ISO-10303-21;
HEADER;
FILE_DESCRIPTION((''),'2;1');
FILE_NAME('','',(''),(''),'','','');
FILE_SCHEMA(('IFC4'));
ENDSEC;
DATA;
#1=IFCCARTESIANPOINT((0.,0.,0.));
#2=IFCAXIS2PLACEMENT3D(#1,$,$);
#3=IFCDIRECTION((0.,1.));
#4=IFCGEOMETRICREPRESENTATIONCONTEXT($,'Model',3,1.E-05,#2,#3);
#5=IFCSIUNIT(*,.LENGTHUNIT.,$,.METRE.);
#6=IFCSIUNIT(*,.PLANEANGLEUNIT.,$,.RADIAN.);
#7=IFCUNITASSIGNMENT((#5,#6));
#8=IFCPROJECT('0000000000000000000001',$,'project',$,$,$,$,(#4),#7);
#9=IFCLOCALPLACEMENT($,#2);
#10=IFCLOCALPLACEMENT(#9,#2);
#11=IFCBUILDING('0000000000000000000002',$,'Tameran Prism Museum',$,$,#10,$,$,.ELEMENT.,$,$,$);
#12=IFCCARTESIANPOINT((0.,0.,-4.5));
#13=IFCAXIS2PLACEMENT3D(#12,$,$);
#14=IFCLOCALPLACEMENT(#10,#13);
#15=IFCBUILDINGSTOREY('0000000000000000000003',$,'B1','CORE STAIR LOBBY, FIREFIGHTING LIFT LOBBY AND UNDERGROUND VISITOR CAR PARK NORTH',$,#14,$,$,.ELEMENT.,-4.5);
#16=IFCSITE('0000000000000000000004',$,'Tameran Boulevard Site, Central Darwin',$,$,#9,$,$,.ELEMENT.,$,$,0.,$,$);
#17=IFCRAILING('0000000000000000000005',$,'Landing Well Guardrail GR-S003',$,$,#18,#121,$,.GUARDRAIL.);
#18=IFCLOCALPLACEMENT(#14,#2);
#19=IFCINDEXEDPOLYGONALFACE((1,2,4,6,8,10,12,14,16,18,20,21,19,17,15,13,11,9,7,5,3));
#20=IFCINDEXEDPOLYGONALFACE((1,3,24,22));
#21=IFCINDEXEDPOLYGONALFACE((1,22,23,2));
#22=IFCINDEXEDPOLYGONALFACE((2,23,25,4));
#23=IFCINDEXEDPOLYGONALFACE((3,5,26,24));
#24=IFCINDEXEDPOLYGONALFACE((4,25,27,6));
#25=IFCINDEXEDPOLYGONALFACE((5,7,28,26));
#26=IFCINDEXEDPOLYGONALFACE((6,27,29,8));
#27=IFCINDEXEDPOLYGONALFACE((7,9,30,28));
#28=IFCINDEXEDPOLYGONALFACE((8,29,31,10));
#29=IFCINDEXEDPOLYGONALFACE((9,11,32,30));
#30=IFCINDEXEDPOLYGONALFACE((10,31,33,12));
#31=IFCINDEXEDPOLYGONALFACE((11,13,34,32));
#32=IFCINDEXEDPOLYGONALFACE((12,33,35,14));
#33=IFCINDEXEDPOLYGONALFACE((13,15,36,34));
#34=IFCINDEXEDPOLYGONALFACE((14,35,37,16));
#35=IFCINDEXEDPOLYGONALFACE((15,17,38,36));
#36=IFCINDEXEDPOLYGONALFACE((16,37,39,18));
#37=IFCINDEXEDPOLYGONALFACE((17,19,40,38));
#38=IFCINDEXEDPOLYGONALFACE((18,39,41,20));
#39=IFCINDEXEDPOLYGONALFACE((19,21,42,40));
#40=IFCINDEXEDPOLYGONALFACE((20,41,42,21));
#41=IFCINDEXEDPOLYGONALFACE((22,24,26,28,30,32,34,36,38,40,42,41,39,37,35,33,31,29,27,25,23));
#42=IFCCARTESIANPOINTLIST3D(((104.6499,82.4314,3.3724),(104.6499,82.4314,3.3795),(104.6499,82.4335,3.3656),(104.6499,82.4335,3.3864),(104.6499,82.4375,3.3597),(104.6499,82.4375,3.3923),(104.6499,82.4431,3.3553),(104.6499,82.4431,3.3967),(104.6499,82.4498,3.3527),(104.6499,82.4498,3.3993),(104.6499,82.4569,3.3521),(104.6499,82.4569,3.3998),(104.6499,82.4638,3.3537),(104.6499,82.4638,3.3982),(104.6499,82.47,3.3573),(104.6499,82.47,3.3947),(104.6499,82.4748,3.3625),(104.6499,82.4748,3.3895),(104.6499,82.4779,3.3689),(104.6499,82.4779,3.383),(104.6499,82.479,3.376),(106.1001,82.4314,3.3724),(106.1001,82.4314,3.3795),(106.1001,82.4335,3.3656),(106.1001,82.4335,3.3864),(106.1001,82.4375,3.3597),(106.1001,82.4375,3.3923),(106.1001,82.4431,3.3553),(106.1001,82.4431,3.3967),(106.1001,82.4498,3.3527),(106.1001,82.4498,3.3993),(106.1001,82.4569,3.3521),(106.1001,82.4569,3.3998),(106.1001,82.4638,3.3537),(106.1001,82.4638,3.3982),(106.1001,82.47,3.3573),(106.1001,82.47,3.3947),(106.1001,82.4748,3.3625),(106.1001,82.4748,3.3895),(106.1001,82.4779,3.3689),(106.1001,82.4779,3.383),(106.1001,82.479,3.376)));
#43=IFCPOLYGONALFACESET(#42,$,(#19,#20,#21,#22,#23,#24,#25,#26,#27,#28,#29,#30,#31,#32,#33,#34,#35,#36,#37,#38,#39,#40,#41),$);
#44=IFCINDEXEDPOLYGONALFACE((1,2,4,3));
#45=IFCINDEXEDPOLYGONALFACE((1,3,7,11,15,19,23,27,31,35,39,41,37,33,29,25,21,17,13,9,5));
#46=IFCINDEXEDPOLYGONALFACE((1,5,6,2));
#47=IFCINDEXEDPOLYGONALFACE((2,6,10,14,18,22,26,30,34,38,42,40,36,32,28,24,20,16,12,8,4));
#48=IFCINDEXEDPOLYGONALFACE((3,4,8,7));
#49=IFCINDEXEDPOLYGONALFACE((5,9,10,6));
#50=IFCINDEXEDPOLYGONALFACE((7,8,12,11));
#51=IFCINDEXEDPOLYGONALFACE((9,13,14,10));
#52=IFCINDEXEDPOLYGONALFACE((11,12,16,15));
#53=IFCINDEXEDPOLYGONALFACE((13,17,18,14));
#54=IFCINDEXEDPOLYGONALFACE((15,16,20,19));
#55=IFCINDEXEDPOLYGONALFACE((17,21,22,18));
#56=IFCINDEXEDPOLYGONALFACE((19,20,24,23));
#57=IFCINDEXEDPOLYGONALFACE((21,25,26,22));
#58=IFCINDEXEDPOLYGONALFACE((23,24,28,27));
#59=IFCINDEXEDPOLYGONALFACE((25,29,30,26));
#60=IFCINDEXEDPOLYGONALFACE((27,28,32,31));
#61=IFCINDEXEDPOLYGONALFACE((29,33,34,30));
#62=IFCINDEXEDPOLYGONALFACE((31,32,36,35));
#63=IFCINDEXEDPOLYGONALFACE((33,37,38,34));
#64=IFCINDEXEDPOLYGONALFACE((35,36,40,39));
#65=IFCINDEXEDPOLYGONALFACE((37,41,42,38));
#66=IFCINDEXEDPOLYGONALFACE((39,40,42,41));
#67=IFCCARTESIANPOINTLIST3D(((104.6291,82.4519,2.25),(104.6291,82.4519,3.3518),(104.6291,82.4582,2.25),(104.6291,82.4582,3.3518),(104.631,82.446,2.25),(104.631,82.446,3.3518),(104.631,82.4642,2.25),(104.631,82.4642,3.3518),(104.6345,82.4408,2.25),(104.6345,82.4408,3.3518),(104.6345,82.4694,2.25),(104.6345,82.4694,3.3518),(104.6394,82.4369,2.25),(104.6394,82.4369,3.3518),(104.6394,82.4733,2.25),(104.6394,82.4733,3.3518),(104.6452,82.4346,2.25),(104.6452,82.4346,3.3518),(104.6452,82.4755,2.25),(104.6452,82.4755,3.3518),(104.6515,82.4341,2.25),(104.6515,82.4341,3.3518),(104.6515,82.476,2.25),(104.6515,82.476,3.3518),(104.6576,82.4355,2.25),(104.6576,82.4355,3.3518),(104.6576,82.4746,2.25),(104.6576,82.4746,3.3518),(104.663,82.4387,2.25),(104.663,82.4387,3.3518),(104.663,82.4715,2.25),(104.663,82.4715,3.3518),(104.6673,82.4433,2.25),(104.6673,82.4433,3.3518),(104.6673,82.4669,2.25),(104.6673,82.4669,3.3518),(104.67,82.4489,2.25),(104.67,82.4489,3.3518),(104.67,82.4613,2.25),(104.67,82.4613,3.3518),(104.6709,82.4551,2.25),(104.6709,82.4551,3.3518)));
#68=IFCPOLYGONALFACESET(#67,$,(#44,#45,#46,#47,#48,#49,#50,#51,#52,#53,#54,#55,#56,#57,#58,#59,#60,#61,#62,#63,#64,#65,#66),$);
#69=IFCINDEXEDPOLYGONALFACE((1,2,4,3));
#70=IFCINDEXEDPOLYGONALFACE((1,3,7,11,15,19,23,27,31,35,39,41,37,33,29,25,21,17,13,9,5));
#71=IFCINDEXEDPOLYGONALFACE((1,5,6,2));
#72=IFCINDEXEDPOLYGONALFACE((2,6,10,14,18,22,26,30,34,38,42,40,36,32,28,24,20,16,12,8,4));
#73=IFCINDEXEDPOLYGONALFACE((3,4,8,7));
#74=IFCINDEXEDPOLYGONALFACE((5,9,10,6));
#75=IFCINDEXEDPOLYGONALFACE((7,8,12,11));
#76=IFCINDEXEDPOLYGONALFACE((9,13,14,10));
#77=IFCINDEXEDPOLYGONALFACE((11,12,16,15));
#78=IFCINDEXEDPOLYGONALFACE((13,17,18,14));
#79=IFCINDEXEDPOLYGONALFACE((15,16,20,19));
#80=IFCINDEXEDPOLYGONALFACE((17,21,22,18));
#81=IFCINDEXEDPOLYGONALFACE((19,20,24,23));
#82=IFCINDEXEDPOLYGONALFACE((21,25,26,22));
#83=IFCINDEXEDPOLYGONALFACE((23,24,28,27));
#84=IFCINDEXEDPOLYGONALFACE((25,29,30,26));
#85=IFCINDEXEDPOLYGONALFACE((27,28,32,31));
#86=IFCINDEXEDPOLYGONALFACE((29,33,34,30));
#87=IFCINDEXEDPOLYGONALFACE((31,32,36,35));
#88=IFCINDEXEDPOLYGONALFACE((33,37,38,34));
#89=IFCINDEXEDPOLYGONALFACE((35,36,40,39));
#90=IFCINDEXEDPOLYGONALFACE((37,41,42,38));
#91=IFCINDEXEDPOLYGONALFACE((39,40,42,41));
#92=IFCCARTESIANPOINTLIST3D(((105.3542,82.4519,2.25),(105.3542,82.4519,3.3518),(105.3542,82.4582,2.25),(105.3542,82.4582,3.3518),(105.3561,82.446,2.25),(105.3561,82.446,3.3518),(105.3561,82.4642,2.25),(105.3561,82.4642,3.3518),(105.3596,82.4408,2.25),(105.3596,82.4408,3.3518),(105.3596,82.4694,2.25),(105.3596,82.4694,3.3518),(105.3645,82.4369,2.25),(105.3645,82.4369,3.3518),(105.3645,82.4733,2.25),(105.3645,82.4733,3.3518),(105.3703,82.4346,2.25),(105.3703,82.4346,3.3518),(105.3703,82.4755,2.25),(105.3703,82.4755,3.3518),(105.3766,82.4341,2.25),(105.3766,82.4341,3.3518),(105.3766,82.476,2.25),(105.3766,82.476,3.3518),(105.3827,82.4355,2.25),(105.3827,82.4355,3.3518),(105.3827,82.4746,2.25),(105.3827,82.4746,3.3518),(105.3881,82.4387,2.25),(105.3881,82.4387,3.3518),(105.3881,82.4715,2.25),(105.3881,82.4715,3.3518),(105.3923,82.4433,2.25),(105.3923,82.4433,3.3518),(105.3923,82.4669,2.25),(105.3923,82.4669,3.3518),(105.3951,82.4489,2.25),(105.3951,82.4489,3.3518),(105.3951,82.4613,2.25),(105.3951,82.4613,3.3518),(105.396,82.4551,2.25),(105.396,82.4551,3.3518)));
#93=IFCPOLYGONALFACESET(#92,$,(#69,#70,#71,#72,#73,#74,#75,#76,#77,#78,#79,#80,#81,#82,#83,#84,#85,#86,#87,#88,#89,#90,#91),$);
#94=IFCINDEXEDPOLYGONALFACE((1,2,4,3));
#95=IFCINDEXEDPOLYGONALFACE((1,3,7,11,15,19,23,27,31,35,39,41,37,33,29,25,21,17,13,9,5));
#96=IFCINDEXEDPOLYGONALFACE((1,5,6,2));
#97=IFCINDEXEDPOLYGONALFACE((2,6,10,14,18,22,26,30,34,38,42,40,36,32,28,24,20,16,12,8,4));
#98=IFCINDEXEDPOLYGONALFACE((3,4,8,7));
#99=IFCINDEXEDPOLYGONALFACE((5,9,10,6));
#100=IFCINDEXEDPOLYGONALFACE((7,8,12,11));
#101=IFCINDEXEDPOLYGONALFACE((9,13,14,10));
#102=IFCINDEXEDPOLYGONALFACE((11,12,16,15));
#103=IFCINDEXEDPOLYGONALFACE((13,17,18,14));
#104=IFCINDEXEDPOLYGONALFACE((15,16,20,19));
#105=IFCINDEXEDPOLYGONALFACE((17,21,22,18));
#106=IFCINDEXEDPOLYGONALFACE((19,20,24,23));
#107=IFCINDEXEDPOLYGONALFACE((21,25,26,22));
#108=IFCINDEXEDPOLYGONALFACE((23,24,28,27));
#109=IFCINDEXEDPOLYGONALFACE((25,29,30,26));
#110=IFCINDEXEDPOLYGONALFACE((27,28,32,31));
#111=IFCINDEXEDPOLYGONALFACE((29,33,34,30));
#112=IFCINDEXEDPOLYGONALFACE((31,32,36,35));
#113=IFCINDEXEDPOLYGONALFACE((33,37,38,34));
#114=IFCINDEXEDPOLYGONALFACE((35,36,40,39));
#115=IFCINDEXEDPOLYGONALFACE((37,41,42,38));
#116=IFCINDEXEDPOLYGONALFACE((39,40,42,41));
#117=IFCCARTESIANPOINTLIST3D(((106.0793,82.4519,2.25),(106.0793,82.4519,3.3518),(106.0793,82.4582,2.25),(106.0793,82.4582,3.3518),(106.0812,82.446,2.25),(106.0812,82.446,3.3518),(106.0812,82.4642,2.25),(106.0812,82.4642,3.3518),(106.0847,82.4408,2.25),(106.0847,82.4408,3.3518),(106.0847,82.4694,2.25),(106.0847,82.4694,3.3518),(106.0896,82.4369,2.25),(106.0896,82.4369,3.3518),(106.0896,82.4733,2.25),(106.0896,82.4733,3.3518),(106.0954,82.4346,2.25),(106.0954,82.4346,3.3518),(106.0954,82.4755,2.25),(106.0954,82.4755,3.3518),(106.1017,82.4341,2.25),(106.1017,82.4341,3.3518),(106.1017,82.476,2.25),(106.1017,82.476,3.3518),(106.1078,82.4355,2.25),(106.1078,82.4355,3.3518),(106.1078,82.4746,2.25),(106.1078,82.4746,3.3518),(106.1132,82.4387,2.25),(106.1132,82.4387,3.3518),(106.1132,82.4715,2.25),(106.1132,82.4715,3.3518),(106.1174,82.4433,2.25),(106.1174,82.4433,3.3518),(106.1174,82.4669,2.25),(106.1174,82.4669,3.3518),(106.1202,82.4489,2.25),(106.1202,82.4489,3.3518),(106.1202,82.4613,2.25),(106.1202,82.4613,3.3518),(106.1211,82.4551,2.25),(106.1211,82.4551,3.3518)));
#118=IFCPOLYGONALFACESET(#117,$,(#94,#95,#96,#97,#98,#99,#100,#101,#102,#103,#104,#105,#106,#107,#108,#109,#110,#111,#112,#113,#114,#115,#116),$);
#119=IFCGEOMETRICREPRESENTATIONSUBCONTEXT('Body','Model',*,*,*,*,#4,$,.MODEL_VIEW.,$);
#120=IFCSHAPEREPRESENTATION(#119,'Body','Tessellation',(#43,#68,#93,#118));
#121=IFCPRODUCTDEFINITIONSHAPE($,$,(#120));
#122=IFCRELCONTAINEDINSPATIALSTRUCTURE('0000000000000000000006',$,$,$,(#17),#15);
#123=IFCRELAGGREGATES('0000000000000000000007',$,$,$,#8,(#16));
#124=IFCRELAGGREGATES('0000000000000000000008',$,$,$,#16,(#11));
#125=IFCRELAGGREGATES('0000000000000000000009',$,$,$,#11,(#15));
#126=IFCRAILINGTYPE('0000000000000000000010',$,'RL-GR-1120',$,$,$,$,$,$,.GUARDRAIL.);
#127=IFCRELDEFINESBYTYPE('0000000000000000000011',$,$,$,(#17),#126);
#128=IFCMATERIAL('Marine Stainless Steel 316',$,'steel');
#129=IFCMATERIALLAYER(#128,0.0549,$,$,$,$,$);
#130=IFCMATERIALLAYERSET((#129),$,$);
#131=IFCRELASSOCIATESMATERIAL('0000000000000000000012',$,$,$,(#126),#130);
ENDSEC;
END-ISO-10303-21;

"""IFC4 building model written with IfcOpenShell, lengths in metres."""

from ifc_helpers import new_model, si_unit, direction, frame, origin, origin_2d, place, context, subcontext, project, spatial, circle, extrude, material, layer, layer_set, type_object, element, save


model = new_model("IFC4")

# Units and contexts
model_context = context("Model", 3, precision=1e-05, world=origin(), true_north=direction((0.0, 1.0)))
body_context = subcontext(model_context, "Body", "Model", "MODEL_VIEW")
ifc_project = project(units=[si_unit("LENGTHUNIT", "METRE"), si_unit("PLANEANGLEUNIT", "RADIAN")], contexts=[model_context])

# Site, building, storey
site_placement = place(None, origin())
site = spatial("IfcSite", under=ifc_project, at=site_placement, Name="Tameran Boulevard Site, Central Darwin", CompositionType="ELEMENT", RefElevation=0.0)
building_placement = place(site_placement, origin())
building = spatial("IfcBuilding", under=site, at=building_placement, Name="Tameran Prism Museum", CompositionType="ELEMENT")
storey_placement = place(building_placement, frame((0.0, 0.0, -4.5)))
storey = spatial("IfcBuildingStorey", under=building, at=storey_placement, Name="B1", Description="CORE STAIR LOBBY, FIREFIGHTING LIFT LOBBY AND UNDERGROUND VISITOR CAR PARK NORTH", CompositionType="ELEMENT", Elevation=-4.5)

# Railing
ifc_material_1 = material(Name="Marine Stainless Steel 316", Category="steel")
ifc_layer_1 = layer(ifc_material_1, 0.0549)
ifc_layer_set_1 = layer_set([ifc_layer_1])
railing_type_1 = type_object("IfcRailingType", Name="RL-GR-1120", PredefinedType="GUARDRAIL", material=ifc_layer_set_1)
railing_1_placement = place(storey_placement, frame((104.6499, 82.4551, 2.25)))
element("IfcRailing", 1, at=railing_1_placement, inside=storey, type_object=railing_type_1, Name="Landing Well Guardrail GR-S003", PredefinedType="GUARDRAIL", context=body_context, shape_type="SweptSolid", body=[
    extrude(circle(Radius=0.0239, at=origin_2d()), frame((0.0, 0.0, 1.126), z_axis=(1.0, 0.0, 0.0), x_axis=(0.0, 1.0, 0.0)), (0.0, 0.0, 1.0), 1.4502),
    extrude(circle(Radius=0.021, at=origin_2d()), origin(), (0.0, 0.0, 1.0), 1.1018),
    extrude(circle(Radius=0.021, at=origin_2d()), frame((0.7251, 0.0, 0.0)), (0.0, 0.0, 1.0), 1.1018),
    extrude(circle(Radius=0.021, at=origin_2d()), frame((1.4502, 0.0, 0.0)), (0.0, 0.0, 1.0), 1.1018),
])

save(model, "model.ifc")
